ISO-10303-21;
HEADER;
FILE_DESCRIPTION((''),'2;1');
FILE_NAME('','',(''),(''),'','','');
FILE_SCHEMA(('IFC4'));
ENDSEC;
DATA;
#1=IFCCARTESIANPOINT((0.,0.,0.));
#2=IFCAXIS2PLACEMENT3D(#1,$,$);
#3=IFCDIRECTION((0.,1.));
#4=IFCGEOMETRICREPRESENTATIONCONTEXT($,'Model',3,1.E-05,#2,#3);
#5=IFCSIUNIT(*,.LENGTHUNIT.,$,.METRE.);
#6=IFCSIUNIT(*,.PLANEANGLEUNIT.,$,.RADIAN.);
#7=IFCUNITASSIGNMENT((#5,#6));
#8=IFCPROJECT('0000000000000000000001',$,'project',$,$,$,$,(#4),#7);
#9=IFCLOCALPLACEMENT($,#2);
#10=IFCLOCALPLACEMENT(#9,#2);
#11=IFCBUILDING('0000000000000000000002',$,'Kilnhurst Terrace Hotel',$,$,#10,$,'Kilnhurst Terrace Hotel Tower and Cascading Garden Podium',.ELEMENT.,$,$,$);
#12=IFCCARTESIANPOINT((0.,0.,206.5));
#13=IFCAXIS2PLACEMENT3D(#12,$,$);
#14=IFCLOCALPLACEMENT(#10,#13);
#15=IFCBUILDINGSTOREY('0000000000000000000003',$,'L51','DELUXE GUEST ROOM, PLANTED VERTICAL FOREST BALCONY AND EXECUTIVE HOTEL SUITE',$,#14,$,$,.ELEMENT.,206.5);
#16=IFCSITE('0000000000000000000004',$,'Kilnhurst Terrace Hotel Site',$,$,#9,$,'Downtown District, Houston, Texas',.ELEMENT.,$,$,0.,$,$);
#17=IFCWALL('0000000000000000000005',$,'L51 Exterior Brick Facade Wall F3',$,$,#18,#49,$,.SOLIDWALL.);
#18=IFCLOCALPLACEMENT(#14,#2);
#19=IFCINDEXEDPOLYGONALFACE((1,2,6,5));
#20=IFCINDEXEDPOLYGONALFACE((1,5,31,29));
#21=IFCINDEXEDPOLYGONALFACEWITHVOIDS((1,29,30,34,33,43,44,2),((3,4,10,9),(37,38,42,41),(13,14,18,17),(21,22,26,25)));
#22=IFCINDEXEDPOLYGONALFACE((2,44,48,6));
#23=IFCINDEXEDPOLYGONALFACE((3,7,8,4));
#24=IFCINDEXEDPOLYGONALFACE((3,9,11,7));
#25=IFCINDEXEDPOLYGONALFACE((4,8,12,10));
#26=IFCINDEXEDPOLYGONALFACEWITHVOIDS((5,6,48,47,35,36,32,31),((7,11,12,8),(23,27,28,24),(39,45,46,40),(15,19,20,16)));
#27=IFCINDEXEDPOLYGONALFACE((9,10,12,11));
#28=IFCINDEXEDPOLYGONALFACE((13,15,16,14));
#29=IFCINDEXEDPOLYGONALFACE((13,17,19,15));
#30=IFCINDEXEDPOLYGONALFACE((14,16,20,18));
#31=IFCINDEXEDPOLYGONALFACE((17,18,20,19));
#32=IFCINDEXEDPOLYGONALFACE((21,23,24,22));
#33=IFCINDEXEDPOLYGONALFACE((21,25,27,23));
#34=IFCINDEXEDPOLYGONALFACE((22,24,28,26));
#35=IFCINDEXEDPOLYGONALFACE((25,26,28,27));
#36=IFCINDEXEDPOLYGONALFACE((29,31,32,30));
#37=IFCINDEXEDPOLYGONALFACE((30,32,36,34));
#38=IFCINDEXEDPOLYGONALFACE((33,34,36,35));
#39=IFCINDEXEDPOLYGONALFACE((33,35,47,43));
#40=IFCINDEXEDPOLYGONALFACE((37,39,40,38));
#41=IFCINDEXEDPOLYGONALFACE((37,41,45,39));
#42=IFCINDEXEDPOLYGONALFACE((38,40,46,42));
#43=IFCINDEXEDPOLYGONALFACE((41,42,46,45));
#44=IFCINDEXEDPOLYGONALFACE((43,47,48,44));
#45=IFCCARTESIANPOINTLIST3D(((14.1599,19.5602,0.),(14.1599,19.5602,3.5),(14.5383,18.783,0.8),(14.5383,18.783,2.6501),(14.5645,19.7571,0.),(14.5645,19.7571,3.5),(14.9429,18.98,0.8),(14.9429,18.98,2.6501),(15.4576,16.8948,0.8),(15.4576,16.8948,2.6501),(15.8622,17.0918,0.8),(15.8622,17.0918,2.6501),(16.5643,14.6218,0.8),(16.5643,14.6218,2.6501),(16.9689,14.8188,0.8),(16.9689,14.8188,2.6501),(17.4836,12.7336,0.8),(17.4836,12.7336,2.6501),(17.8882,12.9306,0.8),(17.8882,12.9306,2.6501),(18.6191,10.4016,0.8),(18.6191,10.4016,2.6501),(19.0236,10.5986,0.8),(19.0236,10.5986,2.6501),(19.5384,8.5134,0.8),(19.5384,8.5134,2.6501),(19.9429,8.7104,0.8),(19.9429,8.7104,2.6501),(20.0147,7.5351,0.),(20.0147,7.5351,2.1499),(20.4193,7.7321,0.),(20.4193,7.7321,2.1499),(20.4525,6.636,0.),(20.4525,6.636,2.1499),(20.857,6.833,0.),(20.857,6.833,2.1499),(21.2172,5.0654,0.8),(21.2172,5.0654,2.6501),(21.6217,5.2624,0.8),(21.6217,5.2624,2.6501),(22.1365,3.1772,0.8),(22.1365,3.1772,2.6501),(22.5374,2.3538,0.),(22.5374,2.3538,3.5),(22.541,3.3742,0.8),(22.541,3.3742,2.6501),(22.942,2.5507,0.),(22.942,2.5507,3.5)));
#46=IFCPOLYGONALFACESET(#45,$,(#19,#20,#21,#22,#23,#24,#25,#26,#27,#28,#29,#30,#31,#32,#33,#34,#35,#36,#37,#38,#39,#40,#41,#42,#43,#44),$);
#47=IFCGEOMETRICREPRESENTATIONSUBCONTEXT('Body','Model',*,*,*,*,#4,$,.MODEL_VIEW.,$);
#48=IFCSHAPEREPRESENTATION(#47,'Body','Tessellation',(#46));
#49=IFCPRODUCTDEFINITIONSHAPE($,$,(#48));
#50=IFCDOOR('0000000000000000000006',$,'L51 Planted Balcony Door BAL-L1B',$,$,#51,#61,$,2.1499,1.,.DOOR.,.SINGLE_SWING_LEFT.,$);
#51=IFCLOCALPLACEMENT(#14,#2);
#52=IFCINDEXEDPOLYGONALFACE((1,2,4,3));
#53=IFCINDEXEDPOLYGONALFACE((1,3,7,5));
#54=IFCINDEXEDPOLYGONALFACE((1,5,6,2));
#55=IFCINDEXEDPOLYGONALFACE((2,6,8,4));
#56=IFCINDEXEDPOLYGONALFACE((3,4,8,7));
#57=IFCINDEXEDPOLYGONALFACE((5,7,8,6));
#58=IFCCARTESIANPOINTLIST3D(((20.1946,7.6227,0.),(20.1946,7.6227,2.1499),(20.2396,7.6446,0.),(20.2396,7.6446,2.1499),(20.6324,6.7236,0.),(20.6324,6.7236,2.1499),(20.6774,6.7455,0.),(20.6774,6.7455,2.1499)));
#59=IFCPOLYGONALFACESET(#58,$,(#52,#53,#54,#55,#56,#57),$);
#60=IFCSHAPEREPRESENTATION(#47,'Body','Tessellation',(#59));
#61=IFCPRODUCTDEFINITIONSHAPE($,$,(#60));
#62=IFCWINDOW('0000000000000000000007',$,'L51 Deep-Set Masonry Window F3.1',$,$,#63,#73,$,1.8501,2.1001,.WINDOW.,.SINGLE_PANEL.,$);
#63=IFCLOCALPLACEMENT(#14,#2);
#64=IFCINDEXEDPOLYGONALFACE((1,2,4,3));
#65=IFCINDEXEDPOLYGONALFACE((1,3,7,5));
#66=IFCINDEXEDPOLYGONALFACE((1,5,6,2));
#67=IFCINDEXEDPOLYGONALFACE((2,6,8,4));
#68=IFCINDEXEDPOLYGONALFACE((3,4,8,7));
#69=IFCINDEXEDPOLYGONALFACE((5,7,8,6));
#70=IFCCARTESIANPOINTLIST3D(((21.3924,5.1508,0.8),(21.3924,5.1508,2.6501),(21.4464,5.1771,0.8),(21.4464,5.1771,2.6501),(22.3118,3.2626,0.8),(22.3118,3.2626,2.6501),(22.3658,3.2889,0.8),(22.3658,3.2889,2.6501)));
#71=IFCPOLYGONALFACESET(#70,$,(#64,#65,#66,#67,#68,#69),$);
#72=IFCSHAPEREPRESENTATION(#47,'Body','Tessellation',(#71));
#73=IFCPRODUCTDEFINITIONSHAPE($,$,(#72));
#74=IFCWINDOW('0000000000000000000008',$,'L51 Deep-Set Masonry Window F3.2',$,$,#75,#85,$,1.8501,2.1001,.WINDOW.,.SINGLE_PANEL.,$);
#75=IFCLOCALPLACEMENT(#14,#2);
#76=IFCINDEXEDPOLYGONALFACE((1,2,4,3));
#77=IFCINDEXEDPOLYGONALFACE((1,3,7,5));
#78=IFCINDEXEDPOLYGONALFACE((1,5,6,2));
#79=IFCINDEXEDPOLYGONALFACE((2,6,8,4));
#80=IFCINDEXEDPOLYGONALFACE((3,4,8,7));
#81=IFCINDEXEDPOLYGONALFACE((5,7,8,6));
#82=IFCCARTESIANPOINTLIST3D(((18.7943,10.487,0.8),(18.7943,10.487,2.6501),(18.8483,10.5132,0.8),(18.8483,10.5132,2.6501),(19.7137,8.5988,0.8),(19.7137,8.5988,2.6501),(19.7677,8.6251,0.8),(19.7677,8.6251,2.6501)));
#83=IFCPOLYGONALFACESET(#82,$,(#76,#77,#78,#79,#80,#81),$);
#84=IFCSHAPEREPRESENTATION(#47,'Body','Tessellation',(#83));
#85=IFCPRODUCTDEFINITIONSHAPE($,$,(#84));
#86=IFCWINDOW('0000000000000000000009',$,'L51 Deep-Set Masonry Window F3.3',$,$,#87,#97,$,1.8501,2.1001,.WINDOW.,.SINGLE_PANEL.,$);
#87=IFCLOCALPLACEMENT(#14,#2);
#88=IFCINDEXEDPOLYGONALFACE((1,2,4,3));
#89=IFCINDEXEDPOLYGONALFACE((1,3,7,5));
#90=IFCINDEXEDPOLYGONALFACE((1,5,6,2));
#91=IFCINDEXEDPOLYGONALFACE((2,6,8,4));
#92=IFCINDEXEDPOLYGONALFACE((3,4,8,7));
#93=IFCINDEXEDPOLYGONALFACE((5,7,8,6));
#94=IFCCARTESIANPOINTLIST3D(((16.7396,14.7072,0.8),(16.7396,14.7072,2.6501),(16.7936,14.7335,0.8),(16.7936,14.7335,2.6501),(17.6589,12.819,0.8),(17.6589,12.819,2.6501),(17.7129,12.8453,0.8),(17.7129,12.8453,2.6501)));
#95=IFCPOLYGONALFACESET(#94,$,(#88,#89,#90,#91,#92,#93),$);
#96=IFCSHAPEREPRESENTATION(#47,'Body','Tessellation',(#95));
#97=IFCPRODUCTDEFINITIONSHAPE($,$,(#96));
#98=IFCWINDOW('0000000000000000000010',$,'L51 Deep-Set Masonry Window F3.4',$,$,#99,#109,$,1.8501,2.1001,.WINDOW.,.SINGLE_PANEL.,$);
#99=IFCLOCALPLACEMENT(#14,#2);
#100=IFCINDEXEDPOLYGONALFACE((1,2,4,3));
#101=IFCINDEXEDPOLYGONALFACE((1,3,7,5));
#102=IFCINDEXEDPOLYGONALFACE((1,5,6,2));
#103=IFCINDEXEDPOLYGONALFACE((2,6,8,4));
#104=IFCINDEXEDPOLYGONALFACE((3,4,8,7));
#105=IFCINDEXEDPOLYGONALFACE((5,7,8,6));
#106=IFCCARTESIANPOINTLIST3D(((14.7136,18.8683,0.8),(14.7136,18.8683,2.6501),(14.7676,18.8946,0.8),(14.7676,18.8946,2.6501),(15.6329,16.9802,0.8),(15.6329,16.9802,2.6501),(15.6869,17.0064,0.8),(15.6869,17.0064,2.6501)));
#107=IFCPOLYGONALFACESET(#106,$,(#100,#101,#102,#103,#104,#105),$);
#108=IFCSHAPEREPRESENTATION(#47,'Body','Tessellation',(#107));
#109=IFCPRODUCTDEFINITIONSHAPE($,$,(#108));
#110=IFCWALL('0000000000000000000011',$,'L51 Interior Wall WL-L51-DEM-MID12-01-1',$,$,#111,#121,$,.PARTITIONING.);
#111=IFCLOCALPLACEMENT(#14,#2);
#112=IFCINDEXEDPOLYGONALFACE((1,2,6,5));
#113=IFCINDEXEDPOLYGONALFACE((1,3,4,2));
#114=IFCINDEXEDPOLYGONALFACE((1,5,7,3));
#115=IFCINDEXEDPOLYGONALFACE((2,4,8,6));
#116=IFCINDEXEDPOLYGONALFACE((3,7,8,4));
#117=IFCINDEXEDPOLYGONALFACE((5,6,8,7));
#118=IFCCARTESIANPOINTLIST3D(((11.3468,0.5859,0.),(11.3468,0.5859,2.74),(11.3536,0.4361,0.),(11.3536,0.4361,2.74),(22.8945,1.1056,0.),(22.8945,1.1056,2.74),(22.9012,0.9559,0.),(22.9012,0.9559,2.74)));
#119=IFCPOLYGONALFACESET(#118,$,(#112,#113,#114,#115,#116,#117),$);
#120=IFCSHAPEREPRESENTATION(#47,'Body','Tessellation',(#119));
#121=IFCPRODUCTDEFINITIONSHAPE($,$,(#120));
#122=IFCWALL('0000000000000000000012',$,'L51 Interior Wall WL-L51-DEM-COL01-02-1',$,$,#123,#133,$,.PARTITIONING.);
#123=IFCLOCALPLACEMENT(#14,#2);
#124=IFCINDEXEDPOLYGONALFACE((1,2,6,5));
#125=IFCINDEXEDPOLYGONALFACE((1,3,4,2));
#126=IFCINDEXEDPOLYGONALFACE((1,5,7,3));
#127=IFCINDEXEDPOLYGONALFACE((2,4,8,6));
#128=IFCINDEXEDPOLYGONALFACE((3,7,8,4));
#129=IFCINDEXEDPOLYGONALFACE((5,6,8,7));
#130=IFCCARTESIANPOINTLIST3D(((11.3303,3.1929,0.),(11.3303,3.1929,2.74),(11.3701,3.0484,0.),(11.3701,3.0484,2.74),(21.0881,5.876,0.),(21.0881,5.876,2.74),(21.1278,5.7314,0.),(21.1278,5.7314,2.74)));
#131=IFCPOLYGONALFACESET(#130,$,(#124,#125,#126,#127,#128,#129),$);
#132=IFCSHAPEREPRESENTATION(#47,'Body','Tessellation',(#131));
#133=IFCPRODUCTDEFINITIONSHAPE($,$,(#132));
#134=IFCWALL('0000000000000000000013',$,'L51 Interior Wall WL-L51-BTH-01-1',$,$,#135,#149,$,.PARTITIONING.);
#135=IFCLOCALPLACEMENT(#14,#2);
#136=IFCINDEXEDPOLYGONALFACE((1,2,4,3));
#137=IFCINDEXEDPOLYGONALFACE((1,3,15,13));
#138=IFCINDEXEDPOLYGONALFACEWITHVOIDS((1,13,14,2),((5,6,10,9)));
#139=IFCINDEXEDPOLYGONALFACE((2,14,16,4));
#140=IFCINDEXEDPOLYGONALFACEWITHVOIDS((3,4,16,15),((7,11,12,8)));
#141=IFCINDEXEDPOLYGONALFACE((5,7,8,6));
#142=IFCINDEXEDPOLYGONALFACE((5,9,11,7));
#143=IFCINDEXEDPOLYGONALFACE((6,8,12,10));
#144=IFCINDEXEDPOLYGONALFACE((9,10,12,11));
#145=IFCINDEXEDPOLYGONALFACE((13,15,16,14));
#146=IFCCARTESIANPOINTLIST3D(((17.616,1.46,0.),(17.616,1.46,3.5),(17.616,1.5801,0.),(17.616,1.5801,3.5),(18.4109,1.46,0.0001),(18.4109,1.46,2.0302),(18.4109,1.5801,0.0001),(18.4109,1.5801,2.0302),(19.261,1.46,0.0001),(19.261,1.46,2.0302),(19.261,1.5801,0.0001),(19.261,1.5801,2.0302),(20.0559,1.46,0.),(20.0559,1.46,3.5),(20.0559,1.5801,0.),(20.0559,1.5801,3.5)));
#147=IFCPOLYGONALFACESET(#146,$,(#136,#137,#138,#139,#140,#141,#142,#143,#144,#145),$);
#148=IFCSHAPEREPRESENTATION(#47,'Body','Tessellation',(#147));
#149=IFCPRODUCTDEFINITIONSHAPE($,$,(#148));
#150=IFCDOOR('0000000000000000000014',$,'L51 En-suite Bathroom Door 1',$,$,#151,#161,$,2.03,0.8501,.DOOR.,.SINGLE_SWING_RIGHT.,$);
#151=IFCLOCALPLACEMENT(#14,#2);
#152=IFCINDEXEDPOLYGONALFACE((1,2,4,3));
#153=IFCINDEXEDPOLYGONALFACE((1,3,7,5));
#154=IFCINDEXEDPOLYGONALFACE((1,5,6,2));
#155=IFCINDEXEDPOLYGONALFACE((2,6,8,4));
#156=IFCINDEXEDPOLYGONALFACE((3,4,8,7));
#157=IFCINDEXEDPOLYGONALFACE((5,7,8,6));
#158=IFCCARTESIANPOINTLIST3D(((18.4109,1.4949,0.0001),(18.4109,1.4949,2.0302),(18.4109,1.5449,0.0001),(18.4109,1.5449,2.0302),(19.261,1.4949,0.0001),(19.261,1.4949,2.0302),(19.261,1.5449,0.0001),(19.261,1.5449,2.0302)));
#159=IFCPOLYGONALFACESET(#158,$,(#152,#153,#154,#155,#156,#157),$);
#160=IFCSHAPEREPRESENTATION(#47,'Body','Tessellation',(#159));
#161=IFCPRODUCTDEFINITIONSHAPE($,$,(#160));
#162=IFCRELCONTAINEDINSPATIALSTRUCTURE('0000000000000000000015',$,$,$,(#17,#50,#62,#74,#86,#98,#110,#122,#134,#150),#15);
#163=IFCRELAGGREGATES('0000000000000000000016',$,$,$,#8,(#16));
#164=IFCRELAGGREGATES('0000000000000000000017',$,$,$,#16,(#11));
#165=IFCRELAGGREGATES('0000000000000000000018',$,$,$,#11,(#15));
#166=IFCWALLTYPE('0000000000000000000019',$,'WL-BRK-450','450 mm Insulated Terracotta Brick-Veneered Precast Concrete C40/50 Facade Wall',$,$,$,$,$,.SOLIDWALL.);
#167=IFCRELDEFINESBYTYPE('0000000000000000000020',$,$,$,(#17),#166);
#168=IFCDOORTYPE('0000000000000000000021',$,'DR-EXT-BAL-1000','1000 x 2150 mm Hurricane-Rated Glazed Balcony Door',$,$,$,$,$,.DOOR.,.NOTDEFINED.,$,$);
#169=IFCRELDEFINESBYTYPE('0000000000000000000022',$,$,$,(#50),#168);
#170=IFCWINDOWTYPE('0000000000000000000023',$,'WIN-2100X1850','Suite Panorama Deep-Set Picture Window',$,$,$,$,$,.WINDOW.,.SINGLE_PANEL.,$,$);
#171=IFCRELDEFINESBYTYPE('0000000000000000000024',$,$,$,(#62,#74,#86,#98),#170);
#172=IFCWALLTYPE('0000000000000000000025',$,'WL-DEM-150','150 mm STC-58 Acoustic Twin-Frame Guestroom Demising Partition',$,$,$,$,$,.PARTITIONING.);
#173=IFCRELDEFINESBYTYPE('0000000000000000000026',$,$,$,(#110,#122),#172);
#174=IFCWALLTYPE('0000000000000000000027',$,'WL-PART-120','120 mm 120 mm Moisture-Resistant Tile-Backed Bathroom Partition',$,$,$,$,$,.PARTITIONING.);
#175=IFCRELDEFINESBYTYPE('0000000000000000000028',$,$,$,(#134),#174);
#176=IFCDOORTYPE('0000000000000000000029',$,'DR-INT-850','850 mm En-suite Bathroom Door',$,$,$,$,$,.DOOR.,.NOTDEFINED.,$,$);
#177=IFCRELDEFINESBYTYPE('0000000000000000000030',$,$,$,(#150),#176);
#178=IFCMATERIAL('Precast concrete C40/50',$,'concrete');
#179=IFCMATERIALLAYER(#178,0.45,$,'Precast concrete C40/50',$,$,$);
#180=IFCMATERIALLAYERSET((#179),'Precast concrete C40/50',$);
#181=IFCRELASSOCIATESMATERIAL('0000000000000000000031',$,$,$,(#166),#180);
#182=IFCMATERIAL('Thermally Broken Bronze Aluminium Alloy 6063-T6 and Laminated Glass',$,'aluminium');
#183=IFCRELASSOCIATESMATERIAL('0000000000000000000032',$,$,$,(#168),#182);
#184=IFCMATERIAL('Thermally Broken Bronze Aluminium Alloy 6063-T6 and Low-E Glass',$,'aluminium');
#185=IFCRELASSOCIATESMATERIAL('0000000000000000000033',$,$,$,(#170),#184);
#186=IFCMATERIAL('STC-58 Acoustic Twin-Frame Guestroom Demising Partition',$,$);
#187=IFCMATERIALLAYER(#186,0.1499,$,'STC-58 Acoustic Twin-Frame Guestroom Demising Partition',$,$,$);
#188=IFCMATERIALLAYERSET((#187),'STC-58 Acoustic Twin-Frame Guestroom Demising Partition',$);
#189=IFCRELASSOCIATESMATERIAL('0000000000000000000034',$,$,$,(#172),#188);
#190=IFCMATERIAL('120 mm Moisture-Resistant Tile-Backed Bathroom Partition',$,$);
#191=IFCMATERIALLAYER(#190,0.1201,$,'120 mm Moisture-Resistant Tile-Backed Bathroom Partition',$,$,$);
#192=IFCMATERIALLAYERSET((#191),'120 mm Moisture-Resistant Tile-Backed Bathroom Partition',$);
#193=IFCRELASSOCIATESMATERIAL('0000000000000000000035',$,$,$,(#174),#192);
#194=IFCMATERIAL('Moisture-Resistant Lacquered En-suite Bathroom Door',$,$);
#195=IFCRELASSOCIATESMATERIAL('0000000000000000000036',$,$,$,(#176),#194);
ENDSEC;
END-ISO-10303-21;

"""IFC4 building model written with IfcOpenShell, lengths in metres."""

from ifc_helpers import new_model, si_unit, direction, frame, frame_2d, origin, place, context, subcontext, project, spatial, rectangle, extrude, material, layer, layer_set, type_object, element, fill, save


model = new_model("IFC4")

# Units and contexts
model_context = context("Model", 3, precision=1e-05, world=origin(), true_north=direction((0.0, 1.0)))
body_context = subcontext(model_context, "Body", "Model", "MODEL_VIEW")
ifc_project = project(units=[si_unit("LENGTHUNIT", "METRE"), si_unit("PLANEANGLEUNIT", "RADIAN")], contexts=[model_context])

# Site, building, storey
site_placement = place(None, origin())
site = spatial("IfcSite", under=ifc_project, at=site_placement, Name="Kilnhurst Terrace Hotel Site", LongName="Downtown District, Houston, Texas", CompositionType="ELEMENT", RefElevation=0.0)
building_placement = place(site_placement, origin())
building = spatial("IfcBuilding", under=site, at=building_placement, Name="Kilnhurst Terrace Hotel", LongName="Kilnhurst Terrace Hotel Tower and Cascading Garden Podium", CompositionType="ELEMENT")
storey_placement = place(building_placement, frame((0.0, 0.0, 206.5)))
storey = spatial("IfcBuildingStorey", under=building, at=storey_placement, Name="L51", Description="DELUXE GUEST ROOM, PLANTED VERTICAL FOREST BALCONY AND EXECUTIVE HOTEL SUITE", CompositionType="ELEMENT", Elevation=206.5)

# Shared definitions
ifc_material_1 = material(Name="Precast concrete C40/50", Category="concrete")
ifc_layer_1 = layer(ifc_material_1, 0.45, Name="Precast concrete C40/50")
ifc_layer_set_1 = layer_set([ifc_layer_1], Name="Precast concrete C40/50")
wall_type_1 = type_object("IfcWallType", Name="WL-BRK-450", Description="450 mm Insulated Terracotta Brick-Veneered Precast Concrete C40/50 Facade Wall", PredefinedType="SOLIDWALL", material=ifc_layer_set_1)

# Wall, openings, door, windows
wall_1_placement = place(storey_placement, frame((22.7397, 2.4521, 0.0), z_axis=(0.0, 0.0, 1.0), x_axis=(-0.437753, 0.899095, 0.0)))
wall_1 = element("IfcWall", 1, at=wall_1_placement, inside=storey, type_object=wall_type_1, Name="L51 Exterior Brick Facade Wall F3", PredefinedType="SOLIDWALL", context=body_context, shape_type="SweptSolid", body=[
    extrude(rectangle(XDim=19.1375, YDim=0.45, at=frame_2d((9.5688, 0.0))), origin(), (0.0, 0.0, 1.0), 3.5),
])
opening_1_placement = place(wall_1_placement, frame((4.7629, 0.0, 0.0)))
opening_1 = element("IfcOpeningElement", 2, at=opening_1_placement, cuts=wall_1, PredefinedType="OPENING", context=body_context, shape_type="SweptSolid", body=[
    extrude(rectangle(XDim=1.0, YDim=2.1499, at=frame_2d((0.5, 1.075))), frame((0.0, 0.2349, 0.0), z_axis=(0.0, -1.0, 0.0), x_axis=(1.0, 0.0, 0.0)), (0.0, 0.0, 1.0), 0.47),
])
opening_2_placement = place(wall_1_placement, frame((0.916, 0.0, 0.8)))
opening_2 = element("IfcOpeningElement", 3, at=opening_2_placement, cuts=wall_1, PredefinedType="OPENING", context=body_context, shape_type="SweptSolid", body=[
    extrude(rectangle(XDim=2.1001, YDim=1.8501, at=frame_2d((1.05, 0.925))), frame((0.0, 0.2349, 0.0), z_axis=(0.0, -1.0, 0.0), x_axis=(1.0, 0.0, 0.0)), (0.0, 0.0, 1.0), 0.47),
])
opening_3_placement = place(wall_1_placement, frame((6.8511, 0.0, 0.8)))
opening_3 = element("IfcOpeningElement", 4, at=opening_3_placement, cuts=wall_1, PredefinedType="OPENING", context=body_context, shape_type="SweptSolid", body=[
    extrude(rectangle(XDim=2.1001, YDim=1.8501, at=frame_2d((1.05, 0.925))), frame((0.0, 0.2349, 0.0), z_axis=(0.0, -1.0, 0.0), x_axis=(1.0, 0.0, 0.0)), (0.0, 0.0, 1.0), 0.47),
])
opening_4_placement = place(wall_1_placement, frame((11.5449, 0.0, 0.8)))
opening_4 = element("IfcOpeningElement", 5, at=opening_4_placement, cuts=wall_1, PredefinedType="OPENING", context=body_context, shape_type="SweptSolid", body=[
    extrude(rectangle(XDim=2.1001, YDim=1.8501, at=frame_2d((1.05, 0.925))), frame((0.0, 0.2349, 0.0), z_axis=(0.0, -1.0, 0.0), x_axis=(1.0, 0.0, 0.0)), (0.0, 0.0, 1.0), 0.47),
])
opening_5_placement = place(wall_1_placement, frame((16.1731, 0.0, 0.8)))
opening_5 = element("IfcOpeningElement", 6, at=opening_5_placement, cuts=wall_1, PredefinedType="OPENING", context=body_context, shape_type="SweptSolid", body=[
    extrude(rectangle(XDim=2.1001, YDim=1.8501, at=frame_2d((1.05, 0.925))), frame((0.0, 0.2349, 0.0), z_axis=(0.0, -1.0, 0.0), x_axis=(1.0, 0.0, 0.0)), (0.0, 0.0, 1.0), 0.47),
])
ifc_material_2 = material(Name="Thermally Broken Bronze Aluminium Alloy 6063-T6 and Laminated Glass", Category="aluminium")
door_type_1 = type_object("IfcDoorType", Name="DR-EXT-BAL-1000", Description="1000 x 2150 mm Hurricane-Rated Glazed Balcony Door", OperationType="NOTDEFINED", PredefinedType="DOOR", material=ifc_material_2)
door_1_placement = place(opening_1_placement, origin())
door_1 = element("IfcDoor", 7, at=door_1_placement, inside=storey, type_object=door_type_1, Name="L51 Planted Balcony Door BAL-L1B", OperationType="SINGLE_SWING_LEFT", OverallHeight=2.1499, OverallWidth=1.0, PredefinedType="DOOR", context=body_context, shape_type="SweptSolid", body=[
    extrude(rectangle(XDim=1.0, YDim=2.1499, at=frame_2d((0.5, 1.075))), frame((0.0, 0.0249, 0.0), z_axis=(0.0, -1.0, 0.0), x_axis=(1.0, 0.0, 0.0)), (0.0, 0.0, 1.0), 0.05),
])
fill(opening_1, door_1)
ifc_material_3 = material(Name="Thermally Broken Bronze Aluminium Alloy 6063-T6 and Low-E Glass", Category="aluminium")
window_type = type_object("IfcWindowType", Name="WIN-2100X1850", Description="Suite Panorama Deep-Set Picture Window", PartitioningType="SINGLE_PANEL", PredefinedType="WINDOW", material=ifc_material_3)
window_1_placement = place(opening_2_placement, origin())
window_1 = element("IfcWindow", 8, at=window_1_placement, inside=storey, type_object=window_type, Name="L51 Deep-Set Masonry Window F3.1", OverallHeight=1.8501, OverallWidth=2.1001, PartitioningType="SINGLE_PANEL", PredefinedType="WINDOW", context=body_context, shape_type="SweptSolid", body=[
    extrude(rectangle(XDim=2.1001, YDim=1.8501, at=frame_2d((1.05, 0.925))), frame((0.0, 0.03, 0.0), z_axis=(0.0, -1.0, 0.0), x_axis=(1.0, 0.0, 0.0)), (0.0, 0.0, 1.0), 0.0601),
])
fill(opening_2, window_1)
window_2_placement = place(opening_3_placement, origin())
window_2 = element("IfcWindow", 9, at=window_2_placement, inside=storey, type_object=window_type, Name="L51 Deep-Set Masonry Window F3.2", OverallHeight=1.8501, OverallWidth=2.1001, PartitioningType="SINGLE_PANEL", PredefinedType="WINDOW", context=body_context, shape_type="SweptSolid", body=[
    extrude(rectangle(XDim=2.1001, YDim=1.8501, at=frame_2d((1.05, 0.925))), frame((0.0, 0.03, 0.0), z_axis=(0.0, -1.0, 0.0), x_axis=(1.0, 0.0, 0.0)), (0.0, 0.0, 1.0), 0.0601),
])
fill(opening_3, window_2)
window_3_placement = place(opening_4_placement, origin())
window_3 = element("IfcWindow", 10, at=window_3_placement, inside=storey, type_object=window_type, Name="L51 Deep-Set Masonry Window F3.3", OverallHeight=1.8501, OverallWidth=2.1001, PartitioningType="SINGLE_PANEL", PredefinedType="WINDOW", context=body_context, shape_type="SweptSolid", body=[
    extrude(rectangle(XDim=2.1001, YDim=1.8501, at=frame_2d((1.05, 0.925))), frame((0.0, 0.03, 0.0), z_axis=(0.0, -1.0, 0.0), x_axis=(1.0, 0.0, 0.0)), (0.0, 0.0, 1.0), 0.0601),
])
fill(opening_4, window_3)
window_4_placement = place(opening_5_placement, origin())
window_4 = element("IfcWindow", 11, at=window_4_placement, inside=storey, type_object=window_type, Name="L51 Deep-Set Masonry Window F3.4", OverallHeight=1.8501, OverallWidth=2.1001, PartitioningType="SINGLE_PANEL", PredefinedType="WINDOW", context=body_context, shape_type="SweptSolid", body=[
    extrude(rectangle(XDim=2.1001, YDim=1.8501, at=frame_2d((1.05, 0.925))), frame((0.0, 0.03, 0.0), z_axis=(0.0, -1.0, 0.0), x_axis=(1.0, 0.0, 0.0)), (0.0, 0.0, 1.0), 0.0601),
])
fill(opening_5, window_4)

# Walls
ifc_material_4 = material(Name="STC-58 Acoustic Twin-Frame Guestroom Demising Partition")
ifc_layer_2 = layer(ifc_material_4, 0.1499, Name="STC-58 Acoustic Twin-Frame Guestroom Demising Partition")
ifc_layer_set_2 = layer_set([ifc_layer_2], Name="STC-58 Acoustic Twin-Frame Guestroom Demising Partition")
wall_type_2 = type_object("IfcWallType", Name="WL-DEM-150", Description="150 mm STC-58 Acoustic Twin-Frame Guestroom Demising Partition", PredefinedType="PARTITIONING", material=ifc_layer_set_2)
wall_2_placement = place(storey_placement, frame((11.3501, 0.511, 0.0), z_axis=(0.0, 0.0, 1.0), x_axis=(0.998989, 0.044966, 0.0)))
element("IfcWall", 12, at=wall_2_placement, inside=storey, type_object=wall_type_2, Name="L51 Interior Wall WL-L51-DEM-MID12-01-1", PredefinedType="PARTITIONING", context=body_context, shape_type="SweptSolid", body=[
    extrude(rectangle(XDim=11.5593, YDim=0.1499, at=frame_2d((5.7798, 0.0))), origin(), (0.0, 0.0, 1.0), 2.74),
])
wall_3_placement = place(storey_placement, frame((11.3501, 3.1206, 0.0), z_axis=(0.0, 0.0, 1.0), x_axis=(0.964213, 0.26513, 0.0)))
element("IfcWall", 13, at=wall_3_placement, inside=storey, type_object=wall_type_2, Name="L51 Interior Wall WL-L51-DEM-COL01-02-1", PredefinedType="PARTITIONING", context=body_context, shape_type="SweptSolid", body=[
    extrude(rectangle(XDim=10.1199, YDim=0.1499, at=frame_2d((5.0601, 0.0))), origin(), (0.0, 0.0, 1.0), 2.74),
])

# Wall, opening, door
ifc_material_5 = material(Name="120 mm Moisture-Resistant Tile-Backed Bathroom Partition")
ifc_layer_3 = layer(ifc_material_5, 0.1201, Name="120 mm Moisture-Resistant Tile-Backed Bathroom Partition")
ifc_layer_set_3 = layer_set([ifc_layer_3], Name="120 mm Moisture-Resistant Tile-Backed Bathroom Partition")
wall_type_3 = type_object("IfcWallType", Name="WL-PART-120", Description="120 mm 120 mm Moisture-Resistant Tile-Backed Bathroom Partition", PredefinedType="PARTITIONING", material=ifc_layer_set_3)
wall_4_placement = place(storey_placement, frame((17.616, 1.52, 0.0), z_axis=(0.0, 0.0, 1.0), x_axis=(1.0, 0.0, 0.0)))
wall_4 = element("IfcWall", 14, at=wall_4_placement, inside=storey, type_object=wall_type_3, Name="L51 Interior Wall WL-L51-BTH-01-1", PredefinedType="PARTITIONING", context=body_context, shape_type="SweptSolid", body=[
    extrude(rectangle(XDim=2.4399, YDim=0.1201, at=frame_2d((1.22, 0.0))), origin(), (0.0, 0.0, 1.0), 3.5),
])
opening_6_placement = place(wall_4_placement, frame((0.7949, 0.0, 0.0)))
opening_6 = element("IfcOpeningElement", 15, at=opening_6_placement, cuts=wall_4, PredefinedType="OPENING", context=body_context, shape_type="SweptSolid", body=[
    extrude(rectangle(XDim=0.8501, YDim=2.03, at=frame_2d((0.425, 1.0151))), frame((0.0, 0.0701, 0.0), z_axis=(0.0, -1.0, 0.0), x_axis=(1.0, 0.0, 0.0)), (0.0, 0.0, 1.0), 0.1401),
])
ifc_material_6 = material(Name="Moisture-Resistant Lacquered En-suite Bathroom Door")
door_type_2 = type_object("IfcDoorType", Name="DR-INT-850", Description="850 mm En-suite Bathroom Door", OperationType="NOTDEFINED", PredefinedType="DOOR", material=ifc_material_6)
door_2_placement = place(opening_6_placement, origin())
door_2 = element("IfcDoor", 16, at=door_2_placement, inside=storey, type_object=door_type_2, Name="L51 En-suite Bathroom Door 1", OperationType="SINGLE_SWING_RIGHT", OverallHeight=2.03, OverallWidth=0.8501, PredefinedType="DOOR", context=body_context, shape_type="SweptSolid", body=[
    extrude(rectangle(XDim=0.8501, YDim=2.03, at=frame_2d((0.425, 1.0151))), frame((0.0, 0.0249, 0.0), z_axis=(0.0, -1.0, 0.0), x_axis=(1.0, 0.0, 0.0)), (0.0, 0.0, 1.0), 0.05),
])
fill(opening_6, door_2)

save(model, "model.ifc")
